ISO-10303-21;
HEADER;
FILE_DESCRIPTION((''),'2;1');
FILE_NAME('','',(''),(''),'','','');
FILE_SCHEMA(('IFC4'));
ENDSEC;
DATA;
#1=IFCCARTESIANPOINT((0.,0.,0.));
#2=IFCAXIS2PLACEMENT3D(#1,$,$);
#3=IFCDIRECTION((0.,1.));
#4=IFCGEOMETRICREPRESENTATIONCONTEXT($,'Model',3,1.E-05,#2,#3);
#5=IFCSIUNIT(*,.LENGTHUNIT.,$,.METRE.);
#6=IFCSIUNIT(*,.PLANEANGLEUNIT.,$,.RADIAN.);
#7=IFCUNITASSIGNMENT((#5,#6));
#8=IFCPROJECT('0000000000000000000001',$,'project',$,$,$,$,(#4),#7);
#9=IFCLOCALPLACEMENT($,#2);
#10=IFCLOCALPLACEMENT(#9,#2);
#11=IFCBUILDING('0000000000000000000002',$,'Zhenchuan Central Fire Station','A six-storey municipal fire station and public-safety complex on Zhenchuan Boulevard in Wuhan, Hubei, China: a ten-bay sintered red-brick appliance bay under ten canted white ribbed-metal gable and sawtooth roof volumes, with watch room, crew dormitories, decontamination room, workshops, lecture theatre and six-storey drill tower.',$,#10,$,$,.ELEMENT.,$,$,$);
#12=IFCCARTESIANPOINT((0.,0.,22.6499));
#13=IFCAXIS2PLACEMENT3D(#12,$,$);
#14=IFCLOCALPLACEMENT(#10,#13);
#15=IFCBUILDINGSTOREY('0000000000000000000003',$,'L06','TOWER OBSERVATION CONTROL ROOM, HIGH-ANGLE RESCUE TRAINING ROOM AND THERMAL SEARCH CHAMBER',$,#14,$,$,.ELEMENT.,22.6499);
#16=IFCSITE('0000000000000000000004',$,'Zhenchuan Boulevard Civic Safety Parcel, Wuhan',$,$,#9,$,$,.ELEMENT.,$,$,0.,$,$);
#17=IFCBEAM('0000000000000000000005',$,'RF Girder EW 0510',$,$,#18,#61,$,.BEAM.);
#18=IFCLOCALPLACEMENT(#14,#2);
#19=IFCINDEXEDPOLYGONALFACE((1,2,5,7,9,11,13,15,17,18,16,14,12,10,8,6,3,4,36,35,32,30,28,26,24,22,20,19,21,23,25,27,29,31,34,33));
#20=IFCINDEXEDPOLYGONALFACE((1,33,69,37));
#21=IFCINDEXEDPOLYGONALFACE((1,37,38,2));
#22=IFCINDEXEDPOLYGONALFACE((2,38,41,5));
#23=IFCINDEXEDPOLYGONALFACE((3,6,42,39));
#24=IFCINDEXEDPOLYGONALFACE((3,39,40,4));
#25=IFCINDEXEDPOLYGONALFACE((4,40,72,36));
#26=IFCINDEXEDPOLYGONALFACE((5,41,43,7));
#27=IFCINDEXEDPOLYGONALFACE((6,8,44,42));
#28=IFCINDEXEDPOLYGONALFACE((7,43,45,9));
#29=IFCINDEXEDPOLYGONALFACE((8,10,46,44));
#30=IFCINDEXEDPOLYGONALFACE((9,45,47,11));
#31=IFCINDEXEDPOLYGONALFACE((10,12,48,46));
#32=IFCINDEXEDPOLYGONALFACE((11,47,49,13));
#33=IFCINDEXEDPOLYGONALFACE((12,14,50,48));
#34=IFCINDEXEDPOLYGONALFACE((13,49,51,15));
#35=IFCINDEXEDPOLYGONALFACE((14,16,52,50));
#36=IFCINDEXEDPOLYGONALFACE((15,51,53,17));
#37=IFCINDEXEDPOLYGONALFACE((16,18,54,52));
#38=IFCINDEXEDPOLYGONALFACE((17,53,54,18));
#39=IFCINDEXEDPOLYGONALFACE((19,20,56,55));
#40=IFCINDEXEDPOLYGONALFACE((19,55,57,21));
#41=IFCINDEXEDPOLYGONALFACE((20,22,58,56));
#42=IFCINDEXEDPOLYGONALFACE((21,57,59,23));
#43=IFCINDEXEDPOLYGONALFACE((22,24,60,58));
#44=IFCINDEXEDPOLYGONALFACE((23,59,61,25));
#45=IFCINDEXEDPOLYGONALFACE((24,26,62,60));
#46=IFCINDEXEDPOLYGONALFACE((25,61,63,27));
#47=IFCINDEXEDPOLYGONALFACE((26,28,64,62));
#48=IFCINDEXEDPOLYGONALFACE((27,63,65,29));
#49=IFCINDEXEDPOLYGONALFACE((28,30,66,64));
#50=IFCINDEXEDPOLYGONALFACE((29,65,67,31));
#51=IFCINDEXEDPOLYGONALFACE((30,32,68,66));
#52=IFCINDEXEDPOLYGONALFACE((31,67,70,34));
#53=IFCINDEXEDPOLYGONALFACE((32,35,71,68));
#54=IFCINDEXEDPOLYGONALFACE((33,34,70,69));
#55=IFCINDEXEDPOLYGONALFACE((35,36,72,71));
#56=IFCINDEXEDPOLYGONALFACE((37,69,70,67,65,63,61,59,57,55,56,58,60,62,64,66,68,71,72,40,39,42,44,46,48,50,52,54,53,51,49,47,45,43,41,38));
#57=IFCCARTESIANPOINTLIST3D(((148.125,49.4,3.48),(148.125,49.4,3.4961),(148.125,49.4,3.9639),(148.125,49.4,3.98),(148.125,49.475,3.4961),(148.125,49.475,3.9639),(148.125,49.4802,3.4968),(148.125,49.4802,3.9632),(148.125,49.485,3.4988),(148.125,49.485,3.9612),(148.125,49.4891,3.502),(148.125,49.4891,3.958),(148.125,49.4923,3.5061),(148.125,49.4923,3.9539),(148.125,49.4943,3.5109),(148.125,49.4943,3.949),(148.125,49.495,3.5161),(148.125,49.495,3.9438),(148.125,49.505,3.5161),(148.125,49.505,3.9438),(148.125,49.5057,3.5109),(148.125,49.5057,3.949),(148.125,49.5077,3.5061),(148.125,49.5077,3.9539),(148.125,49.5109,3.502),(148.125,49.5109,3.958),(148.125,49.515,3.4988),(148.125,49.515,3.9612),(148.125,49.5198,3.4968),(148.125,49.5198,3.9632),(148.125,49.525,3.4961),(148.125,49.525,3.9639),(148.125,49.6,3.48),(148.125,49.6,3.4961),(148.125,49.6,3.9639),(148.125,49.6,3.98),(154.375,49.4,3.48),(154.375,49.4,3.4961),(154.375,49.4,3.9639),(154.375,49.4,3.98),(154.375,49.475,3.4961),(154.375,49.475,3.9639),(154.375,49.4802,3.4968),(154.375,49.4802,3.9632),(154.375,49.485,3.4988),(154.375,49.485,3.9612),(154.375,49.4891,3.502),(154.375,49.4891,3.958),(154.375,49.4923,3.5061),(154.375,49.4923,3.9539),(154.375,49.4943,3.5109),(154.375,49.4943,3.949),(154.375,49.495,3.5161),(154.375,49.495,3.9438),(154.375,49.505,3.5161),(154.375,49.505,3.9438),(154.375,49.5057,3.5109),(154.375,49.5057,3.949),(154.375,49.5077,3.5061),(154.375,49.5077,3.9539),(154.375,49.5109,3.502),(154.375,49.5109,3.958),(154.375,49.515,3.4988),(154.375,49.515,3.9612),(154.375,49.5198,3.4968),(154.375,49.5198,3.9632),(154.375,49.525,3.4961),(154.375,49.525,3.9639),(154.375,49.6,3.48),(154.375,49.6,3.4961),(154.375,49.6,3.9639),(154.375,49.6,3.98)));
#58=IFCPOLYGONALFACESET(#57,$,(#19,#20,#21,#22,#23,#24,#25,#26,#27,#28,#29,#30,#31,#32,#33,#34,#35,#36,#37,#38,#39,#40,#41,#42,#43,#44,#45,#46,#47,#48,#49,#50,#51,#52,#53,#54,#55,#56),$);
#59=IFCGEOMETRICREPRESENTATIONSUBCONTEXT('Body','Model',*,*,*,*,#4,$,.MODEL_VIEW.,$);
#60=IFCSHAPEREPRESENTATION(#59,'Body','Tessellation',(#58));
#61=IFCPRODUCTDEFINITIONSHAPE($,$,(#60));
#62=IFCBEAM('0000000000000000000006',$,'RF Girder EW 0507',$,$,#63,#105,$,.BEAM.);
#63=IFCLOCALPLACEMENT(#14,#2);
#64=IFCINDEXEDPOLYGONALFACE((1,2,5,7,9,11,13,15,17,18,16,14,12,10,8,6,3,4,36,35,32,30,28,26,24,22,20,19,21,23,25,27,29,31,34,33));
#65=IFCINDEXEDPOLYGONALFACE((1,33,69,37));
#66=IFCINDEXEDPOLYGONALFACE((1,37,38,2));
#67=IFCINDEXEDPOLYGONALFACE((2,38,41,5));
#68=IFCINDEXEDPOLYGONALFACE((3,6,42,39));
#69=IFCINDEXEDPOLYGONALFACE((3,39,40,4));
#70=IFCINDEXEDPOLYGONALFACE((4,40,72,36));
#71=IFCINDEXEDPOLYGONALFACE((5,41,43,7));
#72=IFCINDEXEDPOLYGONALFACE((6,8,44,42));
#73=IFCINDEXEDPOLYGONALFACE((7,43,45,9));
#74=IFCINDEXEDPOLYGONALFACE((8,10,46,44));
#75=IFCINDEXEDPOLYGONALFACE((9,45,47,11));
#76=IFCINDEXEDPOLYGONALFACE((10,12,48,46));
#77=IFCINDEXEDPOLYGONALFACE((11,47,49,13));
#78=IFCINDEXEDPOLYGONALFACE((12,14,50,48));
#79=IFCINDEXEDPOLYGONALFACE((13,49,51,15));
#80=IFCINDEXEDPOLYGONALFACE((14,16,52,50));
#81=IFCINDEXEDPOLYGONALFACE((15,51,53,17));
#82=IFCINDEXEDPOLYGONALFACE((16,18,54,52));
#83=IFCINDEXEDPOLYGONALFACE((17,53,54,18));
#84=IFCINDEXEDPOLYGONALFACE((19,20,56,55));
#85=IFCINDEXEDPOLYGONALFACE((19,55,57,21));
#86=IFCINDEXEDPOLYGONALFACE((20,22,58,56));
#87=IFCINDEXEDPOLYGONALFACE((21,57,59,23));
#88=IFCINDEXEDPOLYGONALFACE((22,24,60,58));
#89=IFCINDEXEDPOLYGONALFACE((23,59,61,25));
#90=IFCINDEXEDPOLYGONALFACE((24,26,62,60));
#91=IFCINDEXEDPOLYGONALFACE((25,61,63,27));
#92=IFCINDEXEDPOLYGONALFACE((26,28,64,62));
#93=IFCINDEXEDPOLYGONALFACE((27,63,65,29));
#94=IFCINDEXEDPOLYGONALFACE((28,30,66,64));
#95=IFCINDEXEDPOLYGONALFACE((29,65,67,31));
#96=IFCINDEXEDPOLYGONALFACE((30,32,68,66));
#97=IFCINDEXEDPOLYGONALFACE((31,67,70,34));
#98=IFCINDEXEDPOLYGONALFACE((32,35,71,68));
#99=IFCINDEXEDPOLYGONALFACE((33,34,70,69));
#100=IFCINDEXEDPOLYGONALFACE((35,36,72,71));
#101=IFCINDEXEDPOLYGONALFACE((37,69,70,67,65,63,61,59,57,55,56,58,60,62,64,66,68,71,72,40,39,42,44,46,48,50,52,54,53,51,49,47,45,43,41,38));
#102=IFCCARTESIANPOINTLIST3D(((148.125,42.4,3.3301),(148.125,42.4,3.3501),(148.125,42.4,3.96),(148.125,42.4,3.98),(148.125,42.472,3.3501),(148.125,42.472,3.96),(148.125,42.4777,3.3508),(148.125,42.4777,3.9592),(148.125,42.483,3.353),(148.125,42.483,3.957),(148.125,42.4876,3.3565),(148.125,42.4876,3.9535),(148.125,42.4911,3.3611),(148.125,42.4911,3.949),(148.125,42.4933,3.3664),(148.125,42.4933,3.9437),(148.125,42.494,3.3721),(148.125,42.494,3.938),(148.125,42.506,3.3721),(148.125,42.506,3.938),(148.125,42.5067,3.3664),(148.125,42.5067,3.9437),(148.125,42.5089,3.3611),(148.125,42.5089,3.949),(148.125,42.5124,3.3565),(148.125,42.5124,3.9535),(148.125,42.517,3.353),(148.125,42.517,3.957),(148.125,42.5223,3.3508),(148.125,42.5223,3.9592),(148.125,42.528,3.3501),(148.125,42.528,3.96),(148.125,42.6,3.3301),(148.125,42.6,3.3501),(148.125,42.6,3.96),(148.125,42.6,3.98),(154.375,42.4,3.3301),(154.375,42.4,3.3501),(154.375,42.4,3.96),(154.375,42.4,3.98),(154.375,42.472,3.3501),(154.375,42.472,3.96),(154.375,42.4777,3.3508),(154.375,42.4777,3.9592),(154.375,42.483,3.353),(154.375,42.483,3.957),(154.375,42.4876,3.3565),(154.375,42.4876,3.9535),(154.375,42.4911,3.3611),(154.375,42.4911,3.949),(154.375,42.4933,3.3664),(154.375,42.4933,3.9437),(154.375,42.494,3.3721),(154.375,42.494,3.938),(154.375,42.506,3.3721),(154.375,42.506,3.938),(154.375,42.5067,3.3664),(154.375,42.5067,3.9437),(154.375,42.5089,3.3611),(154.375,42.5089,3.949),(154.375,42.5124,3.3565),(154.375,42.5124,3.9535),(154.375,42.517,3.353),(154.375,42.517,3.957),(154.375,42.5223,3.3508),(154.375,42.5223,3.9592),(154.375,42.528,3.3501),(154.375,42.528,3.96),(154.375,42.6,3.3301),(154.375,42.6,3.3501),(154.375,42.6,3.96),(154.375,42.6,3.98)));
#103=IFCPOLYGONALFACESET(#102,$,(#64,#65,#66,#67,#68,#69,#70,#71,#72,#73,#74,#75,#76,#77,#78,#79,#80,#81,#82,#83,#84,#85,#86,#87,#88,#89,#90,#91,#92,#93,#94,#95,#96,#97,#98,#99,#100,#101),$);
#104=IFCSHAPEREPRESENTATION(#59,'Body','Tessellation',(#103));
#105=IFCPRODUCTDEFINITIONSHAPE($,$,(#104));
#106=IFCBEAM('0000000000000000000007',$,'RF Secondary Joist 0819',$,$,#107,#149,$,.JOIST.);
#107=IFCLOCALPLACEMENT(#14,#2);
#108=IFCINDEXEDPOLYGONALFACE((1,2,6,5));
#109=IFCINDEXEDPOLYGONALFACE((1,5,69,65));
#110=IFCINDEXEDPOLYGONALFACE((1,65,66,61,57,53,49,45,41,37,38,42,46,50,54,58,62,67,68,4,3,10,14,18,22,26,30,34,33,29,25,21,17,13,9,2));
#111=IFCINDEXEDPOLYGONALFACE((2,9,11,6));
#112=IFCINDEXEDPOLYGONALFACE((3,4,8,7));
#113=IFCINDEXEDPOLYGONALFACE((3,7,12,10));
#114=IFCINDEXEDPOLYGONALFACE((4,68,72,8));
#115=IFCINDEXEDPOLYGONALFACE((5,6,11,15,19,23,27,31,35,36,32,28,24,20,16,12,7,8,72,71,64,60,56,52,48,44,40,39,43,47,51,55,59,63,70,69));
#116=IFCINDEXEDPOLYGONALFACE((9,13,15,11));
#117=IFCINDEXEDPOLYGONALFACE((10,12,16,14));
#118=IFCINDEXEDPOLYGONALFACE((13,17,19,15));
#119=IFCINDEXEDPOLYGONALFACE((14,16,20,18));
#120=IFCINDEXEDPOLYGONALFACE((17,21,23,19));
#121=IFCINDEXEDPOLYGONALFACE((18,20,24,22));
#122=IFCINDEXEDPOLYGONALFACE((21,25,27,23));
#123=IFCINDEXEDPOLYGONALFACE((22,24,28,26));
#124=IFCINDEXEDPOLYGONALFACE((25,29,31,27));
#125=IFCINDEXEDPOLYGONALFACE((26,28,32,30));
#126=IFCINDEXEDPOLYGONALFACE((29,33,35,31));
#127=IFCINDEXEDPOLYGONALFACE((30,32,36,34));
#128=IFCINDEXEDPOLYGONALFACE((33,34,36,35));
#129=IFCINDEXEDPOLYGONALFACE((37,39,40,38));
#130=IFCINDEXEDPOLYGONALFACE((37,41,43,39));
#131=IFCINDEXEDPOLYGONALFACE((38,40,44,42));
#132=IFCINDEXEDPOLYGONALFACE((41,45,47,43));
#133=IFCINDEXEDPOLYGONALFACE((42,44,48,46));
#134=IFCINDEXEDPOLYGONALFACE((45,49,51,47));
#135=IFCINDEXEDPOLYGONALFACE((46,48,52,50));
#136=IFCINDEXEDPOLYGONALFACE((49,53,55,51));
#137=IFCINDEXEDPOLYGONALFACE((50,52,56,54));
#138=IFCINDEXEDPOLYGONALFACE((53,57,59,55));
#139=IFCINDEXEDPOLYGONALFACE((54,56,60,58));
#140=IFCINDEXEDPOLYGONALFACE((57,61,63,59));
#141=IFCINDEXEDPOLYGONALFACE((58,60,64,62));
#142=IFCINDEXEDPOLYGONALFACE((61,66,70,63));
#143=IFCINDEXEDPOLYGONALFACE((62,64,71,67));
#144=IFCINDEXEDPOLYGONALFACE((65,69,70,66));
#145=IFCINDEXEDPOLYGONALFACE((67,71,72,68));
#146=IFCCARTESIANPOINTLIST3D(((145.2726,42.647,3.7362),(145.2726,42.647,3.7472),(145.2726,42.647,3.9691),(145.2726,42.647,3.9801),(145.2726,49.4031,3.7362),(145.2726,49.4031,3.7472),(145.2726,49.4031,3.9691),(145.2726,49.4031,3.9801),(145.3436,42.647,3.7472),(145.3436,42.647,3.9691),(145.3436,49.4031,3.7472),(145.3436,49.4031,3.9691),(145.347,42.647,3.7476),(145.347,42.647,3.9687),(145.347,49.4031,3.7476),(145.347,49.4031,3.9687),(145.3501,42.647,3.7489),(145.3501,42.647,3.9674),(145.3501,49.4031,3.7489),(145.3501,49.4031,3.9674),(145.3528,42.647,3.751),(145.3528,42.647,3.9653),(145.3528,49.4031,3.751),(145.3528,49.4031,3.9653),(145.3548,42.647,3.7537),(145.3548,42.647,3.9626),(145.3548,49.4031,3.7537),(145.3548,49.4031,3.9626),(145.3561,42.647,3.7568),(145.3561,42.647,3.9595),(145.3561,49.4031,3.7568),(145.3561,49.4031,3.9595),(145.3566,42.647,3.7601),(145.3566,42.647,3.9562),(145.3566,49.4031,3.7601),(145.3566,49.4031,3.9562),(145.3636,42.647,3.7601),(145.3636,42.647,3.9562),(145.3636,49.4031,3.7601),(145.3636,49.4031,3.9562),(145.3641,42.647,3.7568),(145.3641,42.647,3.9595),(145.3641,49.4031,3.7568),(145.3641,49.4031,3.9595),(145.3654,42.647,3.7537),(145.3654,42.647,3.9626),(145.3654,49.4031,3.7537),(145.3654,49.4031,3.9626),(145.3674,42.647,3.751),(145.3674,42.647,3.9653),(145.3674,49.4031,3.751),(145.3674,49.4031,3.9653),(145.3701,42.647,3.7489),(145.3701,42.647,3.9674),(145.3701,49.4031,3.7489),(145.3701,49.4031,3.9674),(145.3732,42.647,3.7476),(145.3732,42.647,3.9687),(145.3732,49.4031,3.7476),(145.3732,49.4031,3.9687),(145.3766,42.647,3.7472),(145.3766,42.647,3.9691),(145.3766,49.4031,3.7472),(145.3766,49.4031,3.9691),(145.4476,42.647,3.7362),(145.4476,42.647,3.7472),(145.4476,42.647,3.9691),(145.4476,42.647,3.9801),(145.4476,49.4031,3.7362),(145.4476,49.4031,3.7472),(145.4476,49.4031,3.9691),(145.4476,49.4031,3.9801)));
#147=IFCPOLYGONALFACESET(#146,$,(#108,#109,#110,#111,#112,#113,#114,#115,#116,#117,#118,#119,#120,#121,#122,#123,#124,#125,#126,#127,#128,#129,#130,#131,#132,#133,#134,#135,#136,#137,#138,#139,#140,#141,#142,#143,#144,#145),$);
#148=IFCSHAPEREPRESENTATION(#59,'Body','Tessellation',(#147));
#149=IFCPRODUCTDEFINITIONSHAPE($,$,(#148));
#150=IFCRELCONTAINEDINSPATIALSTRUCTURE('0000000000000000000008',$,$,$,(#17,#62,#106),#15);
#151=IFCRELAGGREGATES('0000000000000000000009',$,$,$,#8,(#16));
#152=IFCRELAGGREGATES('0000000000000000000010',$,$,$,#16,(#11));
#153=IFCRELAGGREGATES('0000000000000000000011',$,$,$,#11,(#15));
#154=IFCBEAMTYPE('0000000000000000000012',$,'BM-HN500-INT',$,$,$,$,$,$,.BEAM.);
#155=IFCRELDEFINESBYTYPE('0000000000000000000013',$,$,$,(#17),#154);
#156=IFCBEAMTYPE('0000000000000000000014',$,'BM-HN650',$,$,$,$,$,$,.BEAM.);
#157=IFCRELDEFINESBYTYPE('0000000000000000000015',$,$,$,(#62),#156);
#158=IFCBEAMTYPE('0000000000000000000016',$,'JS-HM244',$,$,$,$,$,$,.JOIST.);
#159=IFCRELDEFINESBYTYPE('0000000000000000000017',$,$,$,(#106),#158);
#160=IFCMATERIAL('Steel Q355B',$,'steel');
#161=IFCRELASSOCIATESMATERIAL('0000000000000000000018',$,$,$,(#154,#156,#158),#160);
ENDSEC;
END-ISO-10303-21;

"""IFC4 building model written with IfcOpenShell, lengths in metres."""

from ifc_helpers import new_model, si_unit, direction, frame, origin, origin_2d, place, context, subcontext, project, spatial, i_section, extrude, material, material_profile, profile_set, type_object, element, save


model = new_model("IFC4")

# Units and contexts
model_context = context("Model", 3, precision=1e-05, world=origin(), true_north=direction((0.0, 1.0)))
body_context = subcontext(model_context, "Body", "Model", "MODEL_VIEW")
ifc_project = project(units=[si_unit("LENGTHUNIT", "METRE"), si_unit("PLANEANGLEUNIT", "RADIAN")], contexts=[model_context])

# Site, building, storey
site_placement = place(None, origin())
site = spatial("IfcSite", under=ifc_project, at=site_placement, Name="Zhenchuan Boulevard Civic Safety Parcel, Wuhan", CompositionType="ELEMENT", RefElevation=0.0)
building_placement = place(site_placement, origin())
building = spatial("IfcBuilding", under=site, at=building_placement, Name="Zhenchuan Central Fire Station", Description="A six-storey municipal fire station and public-safety complex on Zhenchuan Boulevard in Wuhan, Hubei, China: a ten-bay sintered red-brick appliance bay under ten canted white ribbed-metal gable and sawtooth roof volumes, with watch room, crew dormitories, decontamination room, workshops, lecture theatre and six-storey drill tower.", CompositionType="ELEMENT")
storey_placement = place(building_placement, frame((0.0, 0.0, 22.6499)))
storey = spatial("IfcBuildingStorey", under=building, at=storey_placement, Name="L06", Description="TOWER OBSERVATION CONTROL ROOM, HIGH-ANGLE RESCUE TRAINING ROOM AND THERMAL SEARCH CHAMBER", CompositionType="ELEMENT", Elevation=22.6499)

# Shared definitions
ifc_material_1 = material(Name="Steel Q355B", Category="steel")

# Beams
ifc_material_profile_1 = material_profile(ifc_material_1, i_section(OverallWidth=0.2, OverallDepth=0.5, WebThickness=0.01, FlangeThickness=0.0161, FilletRadius=0.02, at=origin_2d()), Name="HN 500x200")
ifc_profile_set_1 = profile_set([ifc_material_profile_1], Name="Steel Q355B")
beam_type_1 = type_object("IfcBeamType", Name="BM-HN500-INT", PredefinedType="BEAM", material=ifc_profile_set_1)
beam_1_placement = place(storey_placement, frame((148.125, 49.5, 3.73), z_axis=(1.0, 0.0, 0.0), x_axis=(0.0, 1.0, 0.0)))
element("IfcBeam", 1, at=beam_1_placement, inside=storey, type_object=beam_type_1, Name="RF Girder EW 0510", PredefinedType="BEAM", context=body_context, shape_type="SweptSolid", body=[
    extrude(i_section(OverallWidth=0.2, OverallDepth=0.5, WebThickness=0.01, FlangeThickness=0.0161, FilletRadius=0.02, at=origin_2d()), origin(), (0.0, 0.0, 1.0), 6.25),
])
ifc_material_profile_2 = material_profile(ifc_material_1, i_section(OverallWidth=0.2, OverallDepth=0.6499, WebThickness=0.012, FlangeThickness=0.02, FilletRadius=0.022, at=origin_2d()), Name="HN 650x200")
ifc_profile_set_2 = profile_set([ifc_material_profile_2], Name="Steel Q355B")
beam_type_2 = type_object("IfcBeamType", Name="BM-HN650", PredefinedType="BEAM", material=ifc_profile_set_2)
beam_2_placement = place(storey_placement, frame((148.125, 42.5, 3.655), z_axis=(1.0, 0.0, 0.0), x_axis=(0.0, 1.0, 0.0)))
element("IfcBeam", 2, at=beam_2_placement, inside=storey, type_object=beam_type_2, Name="RF Girder EW 0507", PredefinedType="BEAM", context=body_context, shape_type="SweptSolid", body=[
    extrude(i_section(OverallWidth=0.2, OverallDepth=0.6499, WebThickness=0.012, FlangeThickness=0.02, FilletRadius=0.022, at=origin_2d()), origin(), (0.0, 0.0, 1.0), 6.25),
])
ifc_material_profile_3 = material_profile(ifc_material_1, i_section(OverallWidth=0.175, OverallDepth=0.2439, WebThickness=0.0071, FlangeThickness=0.011, FilletRadius=0.0129, at=origin_2d()), Name="HM 244x175")
ifc_profile_set_3 = profile_set([ifc_material_profile_3], Name="Steel Q355B")
beam_type_3 = type_object("IfcBeamType", Name="JS-HM244", PredefinedType="JOIST", material=ifc_profile_set_3)
beam_3_placement = place(storey_placement, frame((145.3601, 42.647, 3.8582), z_axis=(0.0, 1.0, 0.0), x_axis=(-1.0, 0.0, 0.0)))
element("IfcBeam", 3, at=beam_3_placement, inside=storey, type_object=beam_type_3, Name="RF Secondary Joist 0819", PredefinedType="JOIST", context=body_context, shape_type="SweptSolid", body=[
    extrude(i_section(OverallWidth=0.175, OverallDepth=0.2439, WebThickness=0.0071, FlangeThickness=0.011, FilletRadius=0.0129, at=origin_2d()), origin(), (0.0, 0.0, 1.0), 6.7561),
])

save(model, "model.ifc")
